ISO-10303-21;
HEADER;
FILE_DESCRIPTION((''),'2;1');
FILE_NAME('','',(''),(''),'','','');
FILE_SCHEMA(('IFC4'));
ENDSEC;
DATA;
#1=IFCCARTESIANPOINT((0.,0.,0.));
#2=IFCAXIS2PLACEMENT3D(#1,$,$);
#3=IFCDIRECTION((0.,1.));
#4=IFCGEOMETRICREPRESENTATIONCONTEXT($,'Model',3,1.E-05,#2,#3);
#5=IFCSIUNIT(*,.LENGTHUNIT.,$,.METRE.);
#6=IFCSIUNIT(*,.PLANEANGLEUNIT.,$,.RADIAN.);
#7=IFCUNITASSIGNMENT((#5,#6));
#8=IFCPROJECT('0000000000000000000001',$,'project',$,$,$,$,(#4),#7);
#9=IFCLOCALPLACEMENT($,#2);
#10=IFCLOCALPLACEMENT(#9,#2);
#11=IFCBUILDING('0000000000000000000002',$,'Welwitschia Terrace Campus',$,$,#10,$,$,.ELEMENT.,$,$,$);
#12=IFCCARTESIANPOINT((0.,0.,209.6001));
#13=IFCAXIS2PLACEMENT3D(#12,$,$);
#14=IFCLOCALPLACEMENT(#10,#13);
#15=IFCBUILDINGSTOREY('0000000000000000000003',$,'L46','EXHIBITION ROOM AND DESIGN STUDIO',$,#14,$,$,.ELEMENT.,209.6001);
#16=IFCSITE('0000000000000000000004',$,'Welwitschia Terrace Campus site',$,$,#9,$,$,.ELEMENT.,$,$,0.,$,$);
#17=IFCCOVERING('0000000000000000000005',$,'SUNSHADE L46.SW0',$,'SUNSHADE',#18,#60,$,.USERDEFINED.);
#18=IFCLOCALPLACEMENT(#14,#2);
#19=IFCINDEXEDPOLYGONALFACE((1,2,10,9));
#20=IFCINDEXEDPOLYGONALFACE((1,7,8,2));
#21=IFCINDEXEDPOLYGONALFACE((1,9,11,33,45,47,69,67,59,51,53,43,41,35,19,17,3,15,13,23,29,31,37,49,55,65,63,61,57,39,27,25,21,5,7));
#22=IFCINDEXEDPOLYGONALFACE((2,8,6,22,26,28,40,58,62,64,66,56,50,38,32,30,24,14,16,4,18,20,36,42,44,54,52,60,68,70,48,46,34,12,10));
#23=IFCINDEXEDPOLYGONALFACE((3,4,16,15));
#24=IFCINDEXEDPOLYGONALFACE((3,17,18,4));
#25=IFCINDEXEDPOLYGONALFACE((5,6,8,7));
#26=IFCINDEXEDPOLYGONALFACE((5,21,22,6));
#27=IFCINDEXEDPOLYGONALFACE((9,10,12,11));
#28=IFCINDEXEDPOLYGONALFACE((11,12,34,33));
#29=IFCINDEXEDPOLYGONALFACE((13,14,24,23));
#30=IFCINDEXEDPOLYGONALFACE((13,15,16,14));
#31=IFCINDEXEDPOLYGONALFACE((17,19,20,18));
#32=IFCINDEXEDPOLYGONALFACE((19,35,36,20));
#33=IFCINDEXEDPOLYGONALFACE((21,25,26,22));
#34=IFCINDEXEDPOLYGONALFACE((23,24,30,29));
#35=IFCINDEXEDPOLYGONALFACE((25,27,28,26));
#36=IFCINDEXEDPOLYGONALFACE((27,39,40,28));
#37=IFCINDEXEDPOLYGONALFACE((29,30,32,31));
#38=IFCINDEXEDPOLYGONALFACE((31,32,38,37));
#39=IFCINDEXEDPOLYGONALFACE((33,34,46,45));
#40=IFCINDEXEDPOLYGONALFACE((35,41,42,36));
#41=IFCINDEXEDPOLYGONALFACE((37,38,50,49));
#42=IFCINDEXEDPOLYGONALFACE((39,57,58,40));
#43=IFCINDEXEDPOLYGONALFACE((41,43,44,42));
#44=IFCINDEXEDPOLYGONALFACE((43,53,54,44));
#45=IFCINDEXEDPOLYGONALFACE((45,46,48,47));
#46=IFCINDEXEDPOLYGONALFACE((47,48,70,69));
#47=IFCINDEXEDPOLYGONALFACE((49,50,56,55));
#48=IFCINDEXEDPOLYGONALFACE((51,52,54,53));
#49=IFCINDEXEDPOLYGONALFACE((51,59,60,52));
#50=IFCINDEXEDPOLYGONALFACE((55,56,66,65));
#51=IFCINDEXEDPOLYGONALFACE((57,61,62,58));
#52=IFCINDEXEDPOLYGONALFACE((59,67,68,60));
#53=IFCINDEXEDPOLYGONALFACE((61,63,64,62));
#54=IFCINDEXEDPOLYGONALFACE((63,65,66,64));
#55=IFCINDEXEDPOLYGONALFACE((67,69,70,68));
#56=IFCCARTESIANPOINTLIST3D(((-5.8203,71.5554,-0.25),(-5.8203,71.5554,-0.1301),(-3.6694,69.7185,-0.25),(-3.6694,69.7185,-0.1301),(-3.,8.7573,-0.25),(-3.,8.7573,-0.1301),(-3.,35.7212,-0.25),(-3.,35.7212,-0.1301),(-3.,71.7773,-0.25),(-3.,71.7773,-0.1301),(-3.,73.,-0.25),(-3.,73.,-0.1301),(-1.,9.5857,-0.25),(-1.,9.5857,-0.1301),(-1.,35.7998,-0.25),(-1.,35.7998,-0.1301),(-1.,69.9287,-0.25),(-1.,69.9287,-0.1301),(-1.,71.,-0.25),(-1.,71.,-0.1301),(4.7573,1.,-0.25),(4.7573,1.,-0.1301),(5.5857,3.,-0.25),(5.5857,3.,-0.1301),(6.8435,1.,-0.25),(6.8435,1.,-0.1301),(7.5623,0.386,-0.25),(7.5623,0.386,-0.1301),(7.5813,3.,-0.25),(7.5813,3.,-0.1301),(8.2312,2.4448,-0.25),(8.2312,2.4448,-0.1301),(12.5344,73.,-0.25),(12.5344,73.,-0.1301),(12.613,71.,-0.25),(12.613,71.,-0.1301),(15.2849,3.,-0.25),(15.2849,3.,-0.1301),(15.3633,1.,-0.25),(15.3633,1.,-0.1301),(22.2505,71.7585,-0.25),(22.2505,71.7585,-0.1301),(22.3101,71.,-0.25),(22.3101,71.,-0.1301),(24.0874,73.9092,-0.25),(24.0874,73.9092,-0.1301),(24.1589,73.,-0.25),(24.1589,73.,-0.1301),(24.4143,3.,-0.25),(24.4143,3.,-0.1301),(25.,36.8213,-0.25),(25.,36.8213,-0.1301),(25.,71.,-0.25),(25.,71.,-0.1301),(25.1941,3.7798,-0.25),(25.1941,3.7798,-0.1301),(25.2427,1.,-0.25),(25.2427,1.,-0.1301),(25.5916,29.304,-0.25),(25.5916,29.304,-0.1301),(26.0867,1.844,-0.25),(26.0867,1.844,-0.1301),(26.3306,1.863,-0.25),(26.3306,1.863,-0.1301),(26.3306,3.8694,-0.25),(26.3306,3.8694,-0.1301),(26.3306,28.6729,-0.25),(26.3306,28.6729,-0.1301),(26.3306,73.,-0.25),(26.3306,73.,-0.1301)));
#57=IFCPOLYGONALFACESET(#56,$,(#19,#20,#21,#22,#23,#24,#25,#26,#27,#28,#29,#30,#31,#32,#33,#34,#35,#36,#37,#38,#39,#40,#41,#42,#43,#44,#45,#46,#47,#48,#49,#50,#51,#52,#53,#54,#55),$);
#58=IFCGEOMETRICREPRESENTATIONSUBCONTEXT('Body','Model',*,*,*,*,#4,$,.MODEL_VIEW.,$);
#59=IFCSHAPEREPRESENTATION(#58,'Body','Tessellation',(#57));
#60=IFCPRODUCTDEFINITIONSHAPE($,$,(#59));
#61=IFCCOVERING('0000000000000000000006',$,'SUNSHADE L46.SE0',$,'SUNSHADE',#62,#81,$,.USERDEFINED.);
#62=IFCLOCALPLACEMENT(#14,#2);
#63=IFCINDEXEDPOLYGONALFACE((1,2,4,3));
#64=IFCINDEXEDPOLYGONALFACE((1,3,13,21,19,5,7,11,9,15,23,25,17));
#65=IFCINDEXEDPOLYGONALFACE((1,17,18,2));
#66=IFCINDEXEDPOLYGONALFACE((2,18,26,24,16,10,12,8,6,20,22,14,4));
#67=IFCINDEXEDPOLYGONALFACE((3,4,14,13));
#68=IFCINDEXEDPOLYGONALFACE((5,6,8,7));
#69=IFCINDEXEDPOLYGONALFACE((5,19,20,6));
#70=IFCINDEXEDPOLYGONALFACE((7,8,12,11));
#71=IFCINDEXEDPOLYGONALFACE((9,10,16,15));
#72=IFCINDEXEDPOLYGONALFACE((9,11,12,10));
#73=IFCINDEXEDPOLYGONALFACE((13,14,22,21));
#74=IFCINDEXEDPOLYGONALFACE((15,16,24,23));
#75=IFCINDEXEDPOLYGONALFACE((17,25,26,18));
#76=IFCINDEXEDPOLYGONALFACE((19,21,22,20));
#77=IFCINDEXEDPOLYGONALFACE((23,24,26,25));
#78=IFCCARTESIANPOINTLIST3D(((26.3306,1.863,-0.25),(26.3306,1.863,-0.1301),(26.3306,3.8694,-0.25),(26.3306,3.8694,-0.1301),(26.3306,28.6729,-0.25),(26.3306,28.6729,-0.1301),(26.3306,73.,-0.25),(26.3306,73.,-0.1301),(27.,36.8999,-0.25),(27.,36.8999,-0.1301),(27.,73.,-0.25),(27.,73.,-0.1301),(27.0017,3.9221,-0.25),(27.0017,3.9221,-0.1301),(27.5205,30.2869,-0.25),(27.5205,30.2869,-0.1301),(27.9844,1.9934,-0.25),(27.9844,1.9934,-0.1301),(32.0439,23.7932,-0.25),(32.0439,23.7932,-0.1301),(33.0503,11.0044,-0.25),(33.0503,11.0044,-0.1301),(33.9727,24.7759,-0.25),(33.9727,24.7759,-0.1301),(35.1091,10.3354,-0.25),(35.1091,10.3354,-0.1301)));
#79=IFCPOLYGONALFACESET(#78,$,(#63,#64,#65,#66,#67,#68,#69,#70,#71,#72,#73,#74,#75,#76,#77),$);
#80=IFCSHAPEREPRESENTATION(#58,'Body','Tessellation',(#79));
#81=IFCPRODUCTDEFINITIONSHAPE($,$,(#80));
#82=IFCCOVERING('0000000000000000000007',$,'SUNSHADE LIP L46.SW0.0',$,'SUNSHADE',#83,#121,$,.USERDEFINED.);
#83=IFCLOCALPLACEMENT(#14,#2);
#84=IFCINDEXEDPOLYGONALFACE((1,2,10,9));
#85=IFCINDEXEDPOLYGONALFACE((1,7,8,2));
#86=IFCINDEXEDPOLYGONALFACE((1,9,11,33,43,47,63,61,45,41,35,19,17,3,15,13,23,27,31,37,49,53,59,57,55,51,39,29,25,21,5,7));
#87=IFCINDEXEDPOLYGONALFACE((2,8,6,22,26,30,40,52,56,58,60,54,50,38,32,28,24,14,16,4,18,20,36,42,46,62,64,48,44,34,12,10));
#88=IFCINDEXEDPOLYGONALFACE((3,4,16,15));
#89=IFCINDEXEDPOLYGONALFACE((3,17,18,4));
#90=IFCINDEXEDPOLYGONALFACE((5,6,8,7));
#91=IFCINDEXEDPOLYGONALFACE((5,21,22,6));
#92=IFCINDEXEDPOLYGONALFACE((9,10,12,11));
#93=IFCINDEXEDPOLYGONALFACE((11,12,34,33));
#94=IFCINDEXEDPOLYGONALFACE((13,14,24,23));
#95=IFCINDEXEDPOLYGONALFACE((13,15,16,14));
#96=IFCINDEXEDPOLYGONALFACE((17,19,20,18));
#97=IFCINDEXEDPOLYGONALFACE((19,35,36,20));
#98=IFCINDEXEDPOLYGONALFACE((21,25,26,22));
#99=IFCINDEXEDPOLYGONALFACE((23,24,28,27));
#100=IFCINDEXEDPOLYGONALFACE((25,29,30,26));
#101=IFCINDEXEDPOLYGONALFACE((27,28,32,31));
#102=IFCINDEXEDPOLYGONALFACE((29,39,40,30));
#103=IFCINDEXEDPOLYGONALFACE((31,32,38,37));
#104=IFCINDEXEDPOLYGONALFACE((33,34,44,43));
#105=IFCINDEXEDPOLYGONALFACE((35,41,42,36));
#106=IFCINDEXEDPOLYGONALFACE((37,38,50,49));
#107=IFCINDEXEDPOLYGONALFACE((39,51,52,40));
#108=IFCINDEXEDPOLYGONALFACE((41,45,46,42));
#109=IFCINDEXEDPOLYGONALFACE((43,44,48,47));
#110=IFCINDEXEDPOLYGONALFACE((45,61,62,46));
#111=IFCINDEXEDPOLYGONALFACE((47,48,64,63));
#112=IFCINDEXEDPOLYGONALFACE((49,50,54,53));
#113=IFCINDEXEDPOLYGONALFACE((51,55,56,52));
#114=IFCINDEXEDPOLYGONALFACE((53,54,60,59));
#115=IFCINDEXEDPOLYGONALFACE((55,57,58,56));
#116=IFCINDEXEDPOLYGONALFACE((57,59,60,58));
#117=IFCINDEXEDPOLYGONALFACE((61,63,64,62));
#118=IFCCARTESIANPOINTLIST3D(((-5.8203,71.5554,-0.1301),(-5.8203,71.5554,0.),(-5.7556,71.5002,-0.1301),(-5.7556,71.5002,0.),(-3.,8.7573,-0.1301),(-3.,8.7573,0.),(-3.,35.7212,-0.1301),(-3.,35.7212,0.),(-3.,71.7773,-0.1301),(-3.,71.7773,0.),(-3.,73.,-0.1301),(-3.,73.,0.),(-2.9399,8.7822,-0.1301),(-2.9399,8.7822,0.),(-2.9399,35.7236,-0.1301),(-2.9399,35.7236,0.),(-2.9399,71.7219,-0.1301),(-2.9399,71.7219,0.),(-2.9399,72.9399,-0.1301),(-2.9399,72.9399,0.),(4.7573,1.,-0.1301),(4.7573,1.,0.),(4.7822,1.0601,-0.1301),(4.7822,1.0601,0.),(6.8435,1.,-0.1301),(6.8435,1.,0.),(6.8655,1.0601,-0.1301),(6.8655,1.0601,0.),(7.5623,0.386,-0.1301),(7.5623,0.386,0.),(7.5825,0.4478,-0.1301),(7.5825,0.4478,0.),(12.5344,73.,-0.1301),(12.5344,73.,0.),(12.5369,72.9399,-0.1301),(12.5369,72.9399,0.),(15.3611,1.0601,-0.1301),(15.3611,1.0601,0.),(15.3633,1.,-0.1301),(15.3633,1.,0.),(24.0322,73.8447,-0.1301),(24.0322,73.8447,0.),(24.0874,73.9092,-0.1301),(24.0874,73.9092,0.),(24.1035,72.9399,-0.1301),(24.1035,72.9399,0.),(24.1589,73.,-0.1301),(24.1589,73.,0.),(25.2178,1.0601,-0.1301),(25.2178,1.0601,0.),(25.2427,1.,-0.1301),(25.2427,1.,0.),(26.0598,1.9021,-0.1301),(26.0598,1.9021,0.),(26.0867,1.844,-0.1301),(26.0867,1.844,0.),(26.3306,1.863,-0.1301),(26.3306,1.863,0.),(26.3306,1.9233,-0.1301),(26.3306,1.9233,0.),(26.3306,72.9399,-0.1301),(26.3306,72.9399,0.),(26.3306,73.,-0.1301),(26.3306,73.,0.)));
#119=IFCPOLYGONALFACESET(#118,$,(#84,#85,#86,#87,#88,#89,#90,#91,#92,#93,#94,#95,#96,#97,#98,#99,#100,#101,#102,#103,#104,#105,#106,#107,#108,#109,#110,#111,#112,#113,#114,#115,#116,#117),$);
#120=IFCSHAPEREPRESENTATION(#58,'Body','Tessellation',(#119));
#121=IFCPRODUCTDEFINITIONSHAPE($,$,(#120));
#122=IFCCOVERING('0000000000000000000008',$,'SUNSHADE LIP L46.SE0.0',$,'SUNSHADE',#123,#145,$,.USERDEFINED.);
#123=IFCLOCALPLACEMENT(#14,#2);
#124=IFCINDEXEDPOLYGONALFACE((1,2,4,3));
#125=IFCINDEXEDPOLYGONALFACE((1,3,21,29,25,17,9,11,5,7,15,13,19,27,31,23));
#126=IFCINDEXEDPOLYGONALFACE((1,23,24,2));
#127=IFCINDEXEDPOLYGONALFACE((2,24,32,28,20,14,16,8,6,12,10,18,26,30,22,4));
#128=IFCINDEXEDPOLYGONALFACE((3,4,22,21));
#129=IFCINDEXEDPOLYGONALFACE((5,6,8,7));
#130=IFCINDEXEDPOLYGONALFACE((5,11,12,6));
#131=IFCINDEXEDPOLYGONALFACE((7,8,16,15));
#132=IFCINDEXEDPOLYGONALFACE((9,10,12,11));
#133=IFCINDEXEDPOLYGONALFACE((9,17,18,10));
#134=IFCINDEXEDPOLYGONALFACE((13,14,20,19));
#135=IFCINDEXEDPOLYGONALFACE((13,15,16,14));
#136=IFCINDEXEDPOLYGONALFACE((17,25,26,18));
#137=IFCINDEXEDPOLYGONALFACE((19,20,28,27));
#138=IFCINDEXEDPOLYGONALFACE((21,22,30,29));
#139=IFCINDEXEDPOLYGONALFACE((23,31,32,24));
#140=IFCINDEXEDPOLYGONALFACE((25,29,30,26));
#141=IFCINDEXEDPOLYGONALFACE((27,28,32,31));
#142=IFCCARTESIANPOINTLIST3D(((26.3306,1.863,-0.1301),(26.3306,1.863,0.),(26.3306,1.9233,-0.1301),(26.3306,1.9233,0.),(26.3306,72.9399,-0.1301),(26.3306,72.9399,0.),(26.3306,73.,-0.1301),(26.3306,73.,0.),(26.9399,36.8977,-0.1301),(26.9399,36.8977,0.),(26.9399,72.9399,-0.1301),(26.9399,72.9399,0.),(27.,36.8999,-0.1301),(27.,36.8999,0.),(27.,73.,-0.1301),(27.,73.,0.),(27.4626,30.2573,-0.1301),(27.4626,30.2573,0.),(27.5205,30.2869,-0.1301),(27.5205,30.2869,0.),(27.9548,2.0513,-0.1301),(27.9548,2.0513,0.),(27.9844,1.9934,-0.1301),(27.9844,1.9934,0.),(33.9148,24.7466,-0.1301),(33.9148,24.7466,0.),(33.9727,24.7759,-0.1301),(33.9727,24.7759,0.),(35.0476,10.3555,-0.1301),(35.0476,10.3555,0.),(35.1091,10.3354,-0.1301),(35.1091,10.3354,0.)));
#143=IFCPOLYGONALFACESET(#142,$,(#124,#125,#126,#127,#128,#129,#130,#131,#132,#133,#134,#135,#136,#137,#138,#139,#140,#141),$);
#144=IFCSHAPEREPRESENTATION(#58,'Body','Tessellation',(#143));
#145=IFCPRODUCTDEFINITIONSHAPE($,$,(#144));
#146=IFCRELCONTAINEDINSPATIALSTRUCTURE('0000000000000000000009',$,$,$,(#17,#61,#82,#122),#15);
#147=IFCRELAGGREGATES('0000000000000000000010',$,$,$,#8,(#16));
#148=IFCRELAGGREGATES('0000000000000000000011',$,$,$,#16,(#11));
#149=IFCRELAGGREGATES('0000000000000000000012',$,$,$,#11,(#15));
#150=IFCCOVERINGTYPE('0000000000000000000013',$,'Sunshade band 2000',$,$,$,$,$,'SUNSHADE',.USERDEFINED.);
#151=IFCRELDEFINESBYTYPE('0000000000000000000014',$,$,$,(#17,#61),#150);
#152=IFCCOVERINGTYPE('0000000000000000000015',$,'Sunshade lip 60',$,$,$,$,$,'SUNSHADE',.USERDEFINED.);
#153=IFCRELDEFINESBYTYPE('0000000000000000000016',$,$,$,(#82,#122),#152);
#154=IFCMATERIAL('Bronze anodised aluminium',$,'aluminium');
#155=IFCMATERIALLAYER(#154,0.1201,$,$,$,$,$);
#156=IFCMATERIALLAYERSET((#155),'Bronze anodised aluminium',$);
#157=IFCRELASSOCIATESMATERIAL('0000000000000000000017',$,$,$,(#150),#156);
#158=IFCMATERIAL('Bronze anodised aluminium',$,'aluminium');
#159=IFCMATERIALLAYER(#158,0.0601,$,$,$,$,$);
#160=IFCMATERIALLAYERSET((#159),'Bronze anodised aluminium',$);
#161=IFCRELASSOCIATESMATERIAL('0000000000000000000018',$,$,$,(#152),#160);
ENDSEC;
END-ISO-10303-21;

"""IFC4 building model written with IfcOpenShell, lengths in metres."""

from ifc_helpers import new_model, si_unit, direction, frame, origin, place, context, subcontext, project, spatial, polyline, outline, extrude, material, layer, layer_set, type_object, element, save


model = new_model("IFC4")

# Units and contexts
model_context = context("Model", 3, precision=1e-05, world=origin(), true_north=direction((0.0, 1.0)))
body_context = subcontext(model_context, "Body", "Model", "MODEL_VIEW")
ifc_project = project(units=[si_unit("LENGTHUNIT", "METRE"), si_unit("PLANEANGLEUNIT", "RADIAN")], contexts=[model_context])

# Site, building, storey
site_placement = place(None, origin())
site = spatial("IfcSite", under=ifc_project, at=site_placement, Name="Welwitschia Terrace Campus site", CompositionType="ELEMENT", RefElevation=0.0)
building_placement = place(site_placement, origin())
building = spatial("IfcBuilding", under=site, at=building_placement, Name="Welwitschia Terrace Campus", CompositionType="ELEMENT")
storey_placement = place(building_placement, frame((0.0, 0.0, 209.6001)))
storey = spatial("IfcBuildingStorey", under=building, at=storey_placement, Name="L46", Description="EXHIBITION ROOM AND DESIGN STUDIO", CompositionType="ELEMENT", Elevation=209.6001)

# Coverings
ifc_material_1 = material(Name="Bronze anodised aluminium", Category="aluminium")
ifc_layer_1 = layer(ifc_material_1, 0.1201)
ifc_layer_set_1 = layer_set([ifc_layer_1], Name="Bronze anodised aluminium")
covering_type_1 = type_object("IfcCoveringType", Name="Sunshade band 2000", ElementType="SUNSHADE", PredefinedType="USERDEFINED", material=ifc_layer_set_1)
covering_1_placement = place(storey_placement, frame((0.0, 0.0, -0.25)))
element("IfcCovering", 1, at=covering_1_placement, inside=storey, type_object=covering_type_1, Name="SUNSHADE L46.SW0", ObjectType="SUNSHADE", PredefinedType="USERDEFINED", context=body_context, shape_type="SweptSolid", body=[
    extrude(outline(polyline([(-3.0, 71.7773), (-3.0, 73.0), (12.5344, 73.0), (24.0874, 73.9092), (24.1589, 73.0), (26.3306, 73.0), (26.3306, 28.6729), (25.5916, 29.304), (25.0, 36.8213), (25.0, 71.0), (22.3101, 71.0), (22.2505, 71.7585), (12.613, 71.0), (-1.0, 71.0), (-1.0, 69.9287), (-3.6694, 69.7185), (-1.0, 35.7998), (-1.0, 9.5857), (5.5857, 3.0), (7.5813, 3.0), (8.2312, 2.4448), (15.2849, 3.0), (24.4143, 3.0), (25.1941, 3.7798), (26.3306, 3.8694), (26.3306, 1.863), (26.0867, 1.844), (25.2427, 1.0), (15.3633, 1.0), (7.5623, 0.386), (6.8435, 1.0), (4.7573, 1.0), (-3.0, 8.7573), (-3.0, 35.7212), (-5.8203, 71.5554), (-3.0, 71.7773)])), origin(), (0.0, 0.0, 1.0), 0.1199),
])
covering_2_placement = place(storey_placement, frame((0.0, 0.0, -0.25)))
element("IfcCovering", 2, at=covering_2_placement, inside=storey, type_object=covering_type_1, Name="SUNSHADE L46.SE0", ObjectType="SUNSHADE", PredefinedType="USERDEFINED", context=body_context, shape_type="SweptSolid", body=[
    extrude(outline(polyline([(27.0, 73.0), (27.0, 36.8999), (27.5205, 30.2869), (33.9727, 24.7759), (35.1091, 10.3354), (27.9844, 1.9934), (26.3306, 1.863), (26.3306, 3.8694), (27.0017, 3.9221), (33.0503, 11.0044), (32.0439, 23.7932), (26.3306, 28.6729), (26.3306, 73.0), (27.0, 73.0)])), origin(), (0.0, 0.0, 1.0), 0.1199),
])
ifc_material_2 = material(Name="Bronze anodised aluminium", Category="aluminium")
ifc_layer_2 = layer(ifc_material_2, 0.0601)
ifc_layer_set_2 = layer_set([ifc_layer_2], Name="Bronze anodised aluminium")
covering_type_2 = type_object("IfcCoveringType", Name="Sunshade lip 60", ElementType="SUNSHADE", PredefinedType="USERDEFINED", material=ifc_layer_set_2)
covering_3_placement = place(storey_placement, frame((0.0, 0.0, -0.1301)))
element("IfcCovering", 3, at=covering_3_placement, inside=storey, type_object=covering_type_2, Name="SUNSHADE LIP L46.SW0.0", ObjectType="SUNSHADE", PredefinedType="USERDEFINED", context=body_context, shape_type="SweptSolid", body=[
    extrude(outline(polyline([(-3.0, 73.0), (12.5344, 73.0), (24.0874, 73.9092), (24.1589, 73.0), (26.3306, 73.0), (26.3306, 72.9399), (24.1035, 72.9399), (24.0322, 73.8447), (12.5369, 72.9399), (-2.9399, 72.9399), (-2.9399, 71.7219), (-5.7556, 71.5002), (-2.9399, 35.7236), (-2.9399, 8.7822), (4.7822, 1.0601), (6.8655, 1.0601), (7.5825, 0.4478), (15.3611, 1.0601), (25.2178, 1.0601), (26.0598, 1.9021), (26.3306, 1.9233), (26.3306, 1.863), (26.0867, 1.844), (25.2427, 1.0), (15.3633, 1.0), (7.5623, 0.386), (6.8435, 1.0), (4.7573, 1.0), (-3.0, 8.7573), (-3.0, 35.7212), (-5.8203, 71.5554), (-3.0, 71.7773), (-3.0, 73.0)])), origin(), (0.0, 0.0, 1.0), 0.1301),
])
covering_4_placement = place(storey_placement, frame((0.0, 0.0, -0.1301)))
element("IfcCovering", 4, at=covering_4_placement, inside=storey, type_object=covering_type_2, Name="SUNSHADE LIP L46.SE0.0", ObjectType="SUNSHADE", PredefinedType="USERDEFINED", context=body_context, shape_type="SweptSolid", body=[
    extrude(outline(polyline([(27.0, 36.8999), (27.5205, 30.2869), (33.9727, 24.7759), (35.1091, 10.3354), (27.9844, 1.9934), (26.3306, 1.863), (26.3306, 1.9233), (27.9548, 2.0513), (35.0476, 10.3555), (33.9148, 24.7466), (27.4626, 30.2573), (26.9399, 36.8977), (26.9399, 72.9399), (26.3306, 72.9399), (26.3306, 73.0), (27.0, 73.0), (27.0, 36.8999)])), origin(), (0.0, 0.0, 1.0), 0.1301),
])

save(model, "model.ifc")
